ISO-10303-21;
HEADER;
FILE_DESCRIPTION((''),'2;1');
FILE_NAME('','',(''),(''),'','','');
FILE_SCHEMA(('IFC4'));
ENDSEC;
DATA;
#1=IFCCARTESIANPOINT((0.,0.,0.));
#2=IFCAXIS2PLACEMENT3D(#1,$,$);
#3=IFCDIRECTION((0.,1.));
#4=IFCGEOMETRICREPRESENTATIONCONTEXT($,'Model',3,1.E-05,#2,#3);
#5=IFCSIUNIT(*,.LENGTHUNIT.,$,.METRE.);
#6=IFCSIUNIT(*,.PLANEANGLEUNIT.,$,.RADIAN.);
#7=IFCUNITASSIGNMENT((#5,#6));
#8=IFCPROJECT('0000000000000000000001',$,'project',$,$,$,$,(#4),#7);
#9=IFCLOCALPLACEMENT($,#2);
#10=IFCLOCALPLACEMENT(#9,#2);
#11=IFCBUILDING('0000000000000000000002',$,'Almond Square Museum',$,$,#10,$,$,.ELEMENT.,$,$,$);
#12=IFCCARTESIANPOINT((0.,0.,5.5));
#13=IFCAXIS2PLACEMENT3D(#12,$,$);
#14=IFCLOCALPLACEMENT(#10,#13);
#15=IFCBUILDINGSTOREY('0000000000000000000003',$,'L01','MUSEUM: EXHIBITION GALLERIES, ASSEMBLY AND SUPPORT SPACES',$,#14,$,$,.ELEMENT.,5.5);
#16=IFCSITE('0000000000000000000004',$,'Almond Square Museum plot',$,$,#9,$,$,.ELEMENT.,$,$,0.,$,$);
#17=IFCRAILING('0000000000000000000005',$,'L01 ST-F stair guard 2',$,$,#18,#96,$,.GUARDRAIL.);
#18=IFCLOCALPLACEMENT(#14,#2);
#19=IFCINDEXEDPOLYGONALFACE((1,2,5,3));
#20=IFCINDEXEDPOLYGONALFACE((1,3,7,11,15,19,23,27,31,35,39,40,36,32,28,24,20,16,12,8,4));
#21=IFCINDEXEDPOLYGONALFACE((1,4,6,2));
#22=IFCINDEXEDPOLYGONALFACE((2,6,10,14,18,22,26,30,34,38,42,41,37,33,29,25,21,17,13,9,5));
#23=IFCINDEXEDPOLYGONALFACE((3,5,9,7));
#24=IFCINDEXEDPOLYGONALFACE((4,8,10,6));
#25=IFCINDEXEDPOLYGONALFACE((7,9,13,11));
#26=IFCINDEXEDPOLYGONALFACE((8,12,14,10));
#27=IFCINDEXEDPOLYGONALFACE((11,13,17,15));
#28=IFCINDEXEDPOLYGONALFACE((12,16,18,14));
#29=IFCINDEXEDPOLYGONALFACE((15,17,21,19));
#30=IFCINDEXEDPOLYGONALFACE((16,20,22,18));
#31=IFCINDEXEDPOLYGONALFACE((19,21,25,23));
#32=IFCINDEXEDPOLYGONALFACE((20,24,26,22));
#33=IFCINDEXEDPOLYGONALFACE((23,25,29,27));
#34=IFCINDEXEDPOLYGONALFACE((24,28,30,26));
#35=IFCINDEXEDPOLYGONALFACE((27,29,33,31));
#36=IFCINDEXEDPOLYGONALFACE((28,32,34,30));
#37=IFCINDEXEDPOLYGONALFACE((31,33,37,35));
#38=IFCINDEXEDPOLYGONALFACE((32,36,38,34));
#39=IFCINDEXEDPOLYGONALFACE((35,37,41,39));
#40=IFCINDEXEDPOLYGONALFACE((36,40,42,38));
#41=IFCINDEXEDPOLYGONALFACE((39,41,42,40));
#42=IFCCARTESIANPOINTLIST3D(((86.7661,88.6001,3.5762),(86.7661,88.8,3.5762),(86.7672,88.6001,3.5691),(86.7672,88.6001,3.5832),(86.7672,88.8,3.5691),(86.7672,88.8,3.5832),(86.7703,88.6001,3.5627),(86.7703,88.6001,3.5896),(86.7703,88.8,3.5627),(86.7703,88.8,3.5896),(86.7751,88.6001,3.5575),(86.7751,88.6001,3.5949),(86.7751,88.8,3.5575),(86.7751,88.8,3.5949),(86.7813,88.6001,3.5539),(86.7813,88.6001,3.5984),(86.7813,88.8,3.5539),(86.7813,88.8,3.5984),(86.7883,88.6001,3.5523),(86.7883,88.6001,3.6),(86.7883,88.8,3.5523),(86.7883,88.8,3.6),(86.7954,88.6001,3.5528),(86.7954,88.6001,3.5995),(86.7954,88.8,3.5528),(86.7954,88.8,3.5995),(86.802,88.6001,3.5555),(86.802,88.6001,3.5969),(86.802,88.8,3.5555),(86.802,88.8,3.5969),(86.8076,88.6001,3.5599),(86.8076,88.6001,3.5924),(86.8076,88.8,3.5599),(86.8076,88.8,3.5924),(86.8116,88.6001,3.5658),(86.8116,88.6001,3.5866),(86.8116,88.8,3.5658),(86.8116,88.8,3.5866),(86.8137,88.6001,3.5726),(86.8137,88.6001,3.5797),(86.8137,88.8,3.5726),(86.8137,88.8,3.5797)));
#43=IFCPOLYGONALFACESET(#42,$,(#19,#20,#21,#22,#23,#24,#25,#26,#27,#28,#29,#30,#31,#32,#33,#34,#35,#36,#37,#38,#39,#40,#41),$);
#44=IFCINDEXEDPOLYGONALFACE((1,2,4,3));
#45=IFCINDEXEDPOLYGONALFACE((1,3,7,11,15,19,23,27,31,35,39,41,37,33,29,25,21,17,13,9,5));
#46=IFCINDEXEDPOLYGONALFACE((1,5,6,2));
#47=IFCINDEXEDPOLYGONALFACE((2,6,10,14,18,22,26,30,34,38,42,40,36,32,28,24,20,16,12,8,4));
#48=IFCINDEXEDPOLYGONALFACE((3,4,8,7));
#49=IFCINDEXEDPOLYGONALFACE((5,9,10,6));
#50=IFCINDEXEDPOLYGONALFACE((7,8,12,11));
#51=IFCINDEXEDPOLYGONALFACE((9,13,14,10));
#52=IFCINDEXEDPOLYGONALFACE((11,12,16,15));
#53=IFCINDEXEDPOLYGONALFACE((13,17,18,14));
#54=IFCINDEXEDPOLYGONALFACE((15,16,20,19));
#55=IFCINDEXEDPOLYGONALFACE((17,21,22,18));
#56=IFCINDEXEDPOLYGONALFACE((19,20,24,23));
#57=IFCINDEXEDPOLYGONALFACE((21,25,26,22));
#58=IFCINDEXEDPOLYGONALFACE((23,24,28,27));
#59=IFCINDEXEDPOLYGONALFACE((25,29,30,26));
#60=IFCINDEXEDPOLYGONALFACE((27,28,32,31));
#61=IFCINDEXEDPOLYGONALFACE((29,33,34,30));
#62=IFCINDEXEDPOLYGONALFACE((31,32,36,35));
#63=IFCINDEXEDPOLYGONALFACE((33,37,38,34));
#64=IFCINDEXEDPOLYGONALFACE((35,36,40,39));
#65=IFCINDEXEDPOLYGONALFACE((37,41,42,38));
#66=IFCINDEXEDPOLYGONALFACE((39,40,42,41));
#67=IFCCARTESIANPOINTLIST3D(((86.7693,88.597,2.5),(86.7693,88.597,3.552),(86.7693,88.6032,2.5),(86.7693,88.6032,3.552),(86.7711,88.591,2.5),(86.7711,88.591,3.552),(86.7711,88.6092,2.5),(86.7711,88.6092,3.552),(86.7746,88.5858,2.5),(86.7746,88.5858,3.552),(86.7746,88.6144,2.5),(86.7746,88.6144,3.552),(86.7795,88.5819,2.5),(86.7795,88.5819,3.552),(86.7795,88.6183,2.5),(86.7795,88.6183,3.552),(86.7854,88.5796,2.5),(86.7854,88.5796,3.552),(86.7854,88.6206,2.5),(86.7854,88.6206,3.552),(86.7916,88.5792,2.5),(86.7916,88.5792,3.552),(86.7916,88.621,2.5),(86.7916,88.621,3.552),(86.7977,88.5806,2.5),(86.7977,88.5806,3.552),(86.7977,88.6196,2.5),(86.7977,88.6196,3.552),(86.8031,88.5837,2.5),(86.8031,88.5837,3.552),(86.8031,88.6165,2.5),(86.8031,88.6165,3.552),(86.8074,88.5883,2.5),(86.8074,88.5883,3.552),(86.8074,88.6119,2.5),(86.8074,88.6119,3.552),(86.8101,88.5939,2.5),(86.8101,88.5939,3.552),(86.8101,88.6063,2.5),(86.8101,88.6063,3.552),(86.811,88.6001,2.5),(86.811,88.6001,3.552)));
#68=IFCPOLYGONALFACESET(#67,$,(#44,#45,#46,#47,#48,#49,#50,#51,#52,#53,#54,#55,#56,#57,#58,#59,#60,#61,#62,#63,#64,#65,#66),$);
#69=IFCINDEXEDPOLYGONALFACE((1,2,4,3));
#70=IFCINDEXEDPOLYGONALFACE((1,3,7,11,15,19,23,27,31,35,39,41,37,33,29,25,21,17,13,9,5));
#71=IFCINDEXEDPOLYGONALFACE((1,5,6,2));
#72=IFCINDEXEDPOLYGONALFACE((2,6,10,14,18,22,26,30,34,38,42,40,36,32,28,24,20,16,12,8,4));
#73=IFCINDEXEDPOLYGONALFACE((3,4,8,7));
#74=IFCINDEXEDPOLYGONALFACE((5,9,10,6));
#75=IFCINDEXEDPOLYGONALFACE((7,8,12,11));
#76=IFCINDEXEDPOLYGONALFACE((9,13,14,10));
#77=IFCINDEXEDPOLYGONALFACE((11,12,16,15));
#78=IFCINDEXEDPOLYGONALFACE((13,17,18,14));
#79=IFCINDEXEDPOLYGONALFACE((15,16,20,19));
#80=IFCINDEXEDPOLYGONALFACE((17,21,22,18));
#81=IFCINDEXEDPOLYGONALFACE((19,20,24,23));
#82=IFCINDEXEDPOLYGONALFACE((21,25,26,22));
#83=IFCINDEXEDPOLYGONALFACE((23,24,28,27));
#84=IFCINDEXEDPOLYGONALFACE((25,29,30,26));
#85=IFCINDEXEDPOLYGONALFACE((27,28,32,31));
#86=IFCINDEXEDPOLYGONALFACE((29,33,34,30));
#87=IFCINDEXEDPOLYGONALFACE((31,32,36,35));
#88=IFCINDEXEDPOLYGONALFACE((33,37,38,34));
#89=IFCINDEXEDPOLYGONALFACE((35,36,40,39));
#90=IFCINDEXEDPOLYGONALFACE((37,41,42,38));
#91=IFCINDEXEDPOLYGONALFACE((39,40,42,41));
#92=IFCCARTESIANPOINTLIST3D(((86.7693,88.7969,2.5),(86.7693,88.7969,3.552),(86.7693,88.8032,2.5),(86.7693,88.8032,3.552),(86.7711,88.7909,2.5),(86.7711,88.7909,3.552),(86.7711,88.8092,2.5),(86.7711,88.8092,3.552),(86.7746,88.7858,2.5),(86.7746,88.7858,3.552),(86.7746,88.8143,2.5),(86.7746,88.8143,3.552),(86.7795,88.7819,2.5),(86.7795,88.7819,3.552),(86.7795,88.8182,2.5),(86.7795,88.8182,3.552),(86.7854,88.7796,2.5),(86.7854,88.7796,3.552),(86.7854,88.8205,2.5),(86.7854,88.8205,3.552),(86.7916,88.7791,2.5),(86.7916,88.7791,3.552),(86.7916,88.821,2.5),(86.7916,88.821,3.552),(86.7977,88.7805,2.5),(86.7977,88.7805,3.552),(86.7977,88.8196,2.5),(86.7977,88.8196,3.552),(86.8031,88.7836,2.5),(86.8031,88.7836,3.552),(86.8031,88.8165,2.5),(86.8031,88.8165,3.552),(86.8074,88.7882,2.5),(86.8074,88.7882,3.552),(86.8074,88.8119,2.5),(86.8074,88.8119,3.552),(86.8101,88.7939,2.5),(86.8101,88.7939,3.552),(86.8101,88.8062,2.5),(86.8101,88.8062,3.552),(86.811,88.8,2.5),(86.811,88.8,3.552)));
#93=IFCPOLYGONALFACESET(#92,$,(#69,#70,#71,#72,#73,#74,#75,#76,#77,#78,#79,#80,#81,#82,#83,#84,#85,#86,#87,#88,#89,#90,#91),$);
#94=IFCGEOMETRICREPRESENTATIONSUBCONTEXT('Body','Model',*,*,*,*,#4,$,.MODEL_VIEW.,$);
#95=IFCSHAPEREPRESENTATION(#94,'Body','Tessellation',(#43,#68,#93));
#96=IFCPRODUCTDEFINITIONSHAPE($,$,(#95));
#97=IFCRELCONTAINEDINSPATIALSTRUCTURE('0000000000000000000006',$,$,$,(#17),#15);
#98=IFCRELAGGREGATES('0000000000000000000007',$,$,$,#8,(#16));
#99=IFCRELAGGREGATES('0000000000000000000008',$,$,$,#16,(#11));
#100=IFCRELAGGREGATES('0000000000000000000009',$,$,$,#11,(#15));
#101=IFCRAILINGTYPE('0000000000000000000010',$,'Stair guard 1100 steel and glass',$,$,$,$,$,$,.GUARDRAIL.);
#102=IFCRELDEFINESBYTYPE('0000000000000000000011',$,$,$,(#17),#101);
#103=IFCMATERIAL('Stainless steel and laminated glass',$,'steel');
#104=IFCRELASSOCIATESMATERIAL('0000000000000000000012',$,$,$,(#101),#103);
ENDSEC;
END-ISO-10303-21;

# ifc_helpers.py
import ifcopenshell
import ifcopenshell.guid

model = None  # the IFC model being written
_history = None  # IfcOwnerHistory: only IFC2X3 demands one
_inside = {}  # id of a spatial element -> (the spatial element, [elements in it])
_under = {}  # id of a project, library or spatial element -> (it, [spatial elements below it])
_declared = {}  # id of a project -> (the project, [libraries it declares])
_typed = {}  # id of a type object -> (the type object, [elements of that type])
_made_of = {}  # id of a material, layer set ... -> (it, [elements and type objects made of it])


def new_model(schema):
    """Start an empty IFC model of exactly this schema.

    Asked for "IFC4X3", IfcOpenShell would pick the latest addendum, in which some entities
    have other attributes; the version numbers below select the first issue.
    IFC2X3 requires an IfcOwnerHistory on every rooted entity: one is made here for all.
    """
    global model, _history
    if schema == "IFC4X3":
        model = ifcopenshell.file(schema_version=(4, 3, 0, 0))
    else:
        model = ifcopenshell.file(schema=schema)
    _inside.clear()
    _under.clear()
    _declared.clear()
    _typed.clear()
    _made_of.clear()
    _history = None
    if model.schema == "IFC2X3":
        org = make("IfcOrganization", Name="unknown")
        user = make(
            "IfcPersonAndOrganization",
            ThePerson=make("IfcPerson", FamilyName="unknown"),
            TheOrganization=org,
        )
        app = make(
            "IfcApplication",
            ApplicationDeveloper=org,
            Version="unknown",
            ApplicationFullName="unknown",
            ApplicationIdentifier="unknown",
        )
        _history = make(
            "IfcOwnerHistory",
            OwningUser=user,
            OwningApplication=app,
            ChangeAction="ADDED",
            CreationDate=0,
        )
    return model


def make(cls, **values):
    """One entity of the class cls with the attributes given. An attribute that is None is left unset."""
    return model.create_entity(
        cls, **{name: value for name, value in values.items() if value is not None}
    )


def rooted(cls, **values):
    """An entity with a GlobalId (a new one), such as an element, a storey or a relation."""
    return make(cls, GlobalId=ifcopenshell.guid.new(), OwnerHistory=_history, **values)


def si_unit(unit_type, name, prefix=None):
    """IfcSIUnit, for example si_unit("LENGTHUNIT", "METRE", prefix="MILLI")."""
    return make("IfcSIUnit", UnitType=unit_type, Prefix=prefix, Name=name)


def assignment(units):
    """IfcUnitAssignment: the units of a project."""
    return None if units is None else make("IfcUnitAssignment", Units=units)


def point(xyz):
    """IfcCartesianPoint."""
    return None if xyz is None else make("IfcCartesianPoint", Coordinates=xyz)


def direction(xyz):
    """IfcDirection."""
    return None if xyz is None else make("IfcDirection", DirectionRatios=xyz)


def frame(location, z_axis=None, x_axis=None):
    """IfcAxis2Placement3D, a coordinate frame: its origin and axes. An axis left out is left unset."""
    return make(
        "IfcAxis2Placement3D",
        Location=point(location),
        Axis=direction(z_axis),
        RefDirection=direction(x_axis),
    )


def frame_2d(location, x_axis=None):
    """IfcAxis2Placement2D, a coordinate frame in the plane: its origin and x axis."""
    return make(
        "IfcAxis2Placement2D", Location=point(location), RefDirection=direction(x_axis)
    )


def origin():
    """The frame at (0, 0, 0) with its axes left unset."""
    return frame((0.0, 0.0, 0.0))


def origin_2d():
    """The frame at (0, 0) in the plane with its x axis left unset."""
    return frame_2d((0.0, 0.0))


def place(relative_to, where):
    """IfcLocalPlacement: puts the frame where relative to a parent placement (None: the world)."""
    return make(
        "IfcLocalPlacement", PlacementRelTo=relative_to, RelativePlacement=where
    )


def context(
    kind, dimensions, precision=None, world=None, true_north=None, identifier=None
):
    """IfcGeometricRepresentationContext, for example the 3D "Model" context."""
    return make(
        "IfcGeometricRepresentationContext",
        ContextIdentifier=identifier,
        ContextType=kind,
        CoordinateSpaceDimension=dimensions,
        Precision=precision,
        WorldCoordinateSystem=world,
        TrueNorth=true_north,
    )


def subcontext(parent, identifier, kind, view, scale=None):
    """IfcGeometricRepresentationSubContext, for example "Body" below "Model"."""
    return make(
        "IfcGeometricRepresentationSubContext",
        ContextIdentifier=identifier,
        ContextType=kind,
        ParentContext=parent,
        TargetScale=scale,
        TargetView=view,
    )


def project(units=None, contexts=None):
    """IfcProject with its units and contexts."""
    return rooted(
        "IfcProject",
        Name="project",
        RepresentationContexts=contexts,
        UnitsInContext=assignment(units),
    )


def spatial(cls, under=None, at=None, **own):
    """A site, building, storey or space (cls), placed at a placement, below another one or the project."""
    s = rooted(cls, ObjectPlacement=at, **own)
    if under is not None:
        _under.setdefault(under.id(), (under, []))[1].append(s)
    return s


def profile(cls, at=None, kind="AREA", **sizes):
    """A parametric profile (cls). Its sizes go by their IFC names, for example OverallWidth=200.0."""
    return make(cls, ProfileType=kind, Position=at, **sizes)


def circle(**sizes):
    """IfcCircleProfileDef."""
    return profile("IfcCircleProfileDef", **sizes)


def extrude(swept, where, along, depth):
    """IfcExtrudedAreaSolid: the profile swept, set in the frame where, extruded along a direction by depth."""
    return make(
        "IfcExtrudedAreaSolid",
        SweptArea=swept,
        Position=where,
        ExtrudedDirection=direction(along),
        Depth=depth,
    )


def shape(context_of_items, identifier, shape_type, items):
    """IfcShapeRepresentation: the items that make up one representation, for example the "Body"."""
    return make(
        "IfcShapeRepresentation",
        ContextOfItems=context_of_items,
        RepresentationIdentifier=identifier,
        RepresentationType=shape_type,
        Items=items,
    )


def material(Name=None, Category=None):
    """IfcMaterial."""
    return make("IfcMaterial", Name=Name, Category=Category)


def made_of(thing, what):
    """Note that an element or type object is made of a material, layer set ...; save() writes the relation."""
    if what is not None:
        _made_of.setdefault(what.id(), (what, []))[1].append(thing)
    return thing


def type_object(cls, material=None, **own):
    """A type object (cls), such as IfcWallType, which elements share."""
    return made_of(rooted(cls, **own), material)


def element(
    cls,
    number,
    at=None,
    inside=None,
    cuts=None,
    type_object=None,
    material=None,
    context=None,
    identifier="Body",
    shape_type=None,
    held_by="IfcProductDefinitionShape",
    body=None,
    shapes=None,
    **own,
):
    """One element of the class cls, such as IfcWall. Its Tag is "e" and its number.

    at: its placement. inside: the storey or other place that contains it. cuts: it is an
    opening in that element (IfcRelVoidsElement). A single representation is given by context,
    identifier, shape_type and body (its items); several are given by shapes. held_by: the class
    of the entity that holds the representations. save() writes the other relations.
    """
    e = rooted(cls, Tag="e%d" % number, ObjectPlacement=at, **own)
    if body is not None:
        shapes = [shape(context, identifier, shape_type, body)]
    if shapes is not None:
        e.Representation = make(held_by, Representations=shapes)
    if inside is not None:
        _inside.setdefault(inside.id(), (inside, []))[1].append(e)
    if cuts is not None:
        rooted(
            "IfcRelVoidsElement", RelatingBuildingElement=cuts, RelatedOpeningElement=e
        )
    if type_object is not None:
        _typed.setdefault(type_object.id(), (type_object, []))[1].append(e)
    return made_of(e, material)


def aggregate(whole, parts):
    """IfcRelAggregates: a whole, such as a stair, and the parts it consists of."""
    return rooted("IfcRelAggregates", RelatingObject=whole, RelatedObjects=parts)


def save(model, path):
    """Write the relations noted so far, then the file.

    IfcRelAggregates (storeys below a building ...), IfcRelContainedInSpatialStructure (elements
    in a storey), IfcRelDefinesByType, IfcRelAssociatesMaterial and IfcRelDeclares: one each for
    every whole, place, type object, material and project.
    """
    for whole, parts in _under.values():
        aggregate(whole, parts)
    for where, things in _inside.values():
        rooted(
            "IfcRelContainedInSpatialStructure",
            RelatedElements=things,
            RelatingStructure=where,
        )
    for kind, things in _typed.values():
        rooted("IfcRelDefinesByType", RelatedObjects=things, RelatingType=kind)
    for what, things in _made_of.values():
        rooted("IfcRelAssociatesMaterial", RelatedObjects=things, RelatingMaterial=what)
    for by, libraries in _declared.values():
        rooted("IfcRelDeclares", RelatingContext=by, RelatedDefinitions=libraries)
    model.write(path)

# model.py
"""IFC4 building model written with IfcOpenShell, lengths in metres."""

from ifc_helpers import new_model, si_unit, direction, frame, origin, origin_2d, place, context, subcontext, project, spatial, circle, extrude, material, type_object, element, save


model = new_model("IFC4")

# Units and contexts
model_context = context("Model", 3, precision=1e-05, world=origin(), true_north=direction((0.0, 1.0)))
body_context = subcontext(model_context, "Body", "Model", "MODEL_VIEW")
ifc_project = project(units=[si_unit("LENGTHUNIT", "METRE"), si_unit("PLANEANGLEUNIT", "RADIAN")], contexts=[model_context])

# Site, building, storey
site_placement = place(None, origin())
site = spatial("IfcSite", under=ifc_project, at=site_placement, Name="Almond Square Museum plot", CompositionType="ELEMENT", RefElevation=0.0)
building_placement = place(site_placement, origin())
building = spatial("IfcBuilding", under=site, at=building_placement, Name="Almond Square Museum", CompositionType="ELEMENT")
storey_placement = place(building_placement, frame((0.0, 0.0, 5.5)))
storey = spatial("IfcBuildingStorey", under=building, at=storey_placement, Name="L01", Description="MUSEUM: EXHIBITION GALLERIES, ASSEMBLY AND SUPPORT SPACES", CompositionType="ELEMENT", Elevation=5.5)

# Railing
ifc_material_1 = material(Name="Stainless steel and laminated glass", Category="steel")
railing_type_1 = type_object("IfcRailingType", Name="Stair guard 1100 steel and glass", PredefinedType="GUARDRAIL", material=ifc_material_1)
railing_1_placement = place(storey_placement, frame((86.79, 88.6001, 2.5)))
element("IfcRailing", 1, at=railing_1_placement, inside=storey, type_object=railing_type_1, Name="L01 ST-F stair guard 2", PredefinedType="GUARDRAIL", context=body_context, shape_type="SweptSolid", body=[
    extrude(circle(Radius=0.0239, at=origin_2d()), frame((0.0, 0.0, 1.0762), z_axis=(0.0, 1.0, 0.0), x_axis=(-1.0, 0.0, 0.0)), (0.0, 0.0, 1.0), 0.2),
    extrude(circle(Radius=0.021, at=origin_2d()), origin(), (0.0, 0.0, 1.0), 1.052),
    extrude(circle(Radius=0.021, at=origin_2d()), frame((0.0, 0.2, 0.0)), (0.0, 0.0, 1.0), 1.052),
])

save(model, "model.ifc")
